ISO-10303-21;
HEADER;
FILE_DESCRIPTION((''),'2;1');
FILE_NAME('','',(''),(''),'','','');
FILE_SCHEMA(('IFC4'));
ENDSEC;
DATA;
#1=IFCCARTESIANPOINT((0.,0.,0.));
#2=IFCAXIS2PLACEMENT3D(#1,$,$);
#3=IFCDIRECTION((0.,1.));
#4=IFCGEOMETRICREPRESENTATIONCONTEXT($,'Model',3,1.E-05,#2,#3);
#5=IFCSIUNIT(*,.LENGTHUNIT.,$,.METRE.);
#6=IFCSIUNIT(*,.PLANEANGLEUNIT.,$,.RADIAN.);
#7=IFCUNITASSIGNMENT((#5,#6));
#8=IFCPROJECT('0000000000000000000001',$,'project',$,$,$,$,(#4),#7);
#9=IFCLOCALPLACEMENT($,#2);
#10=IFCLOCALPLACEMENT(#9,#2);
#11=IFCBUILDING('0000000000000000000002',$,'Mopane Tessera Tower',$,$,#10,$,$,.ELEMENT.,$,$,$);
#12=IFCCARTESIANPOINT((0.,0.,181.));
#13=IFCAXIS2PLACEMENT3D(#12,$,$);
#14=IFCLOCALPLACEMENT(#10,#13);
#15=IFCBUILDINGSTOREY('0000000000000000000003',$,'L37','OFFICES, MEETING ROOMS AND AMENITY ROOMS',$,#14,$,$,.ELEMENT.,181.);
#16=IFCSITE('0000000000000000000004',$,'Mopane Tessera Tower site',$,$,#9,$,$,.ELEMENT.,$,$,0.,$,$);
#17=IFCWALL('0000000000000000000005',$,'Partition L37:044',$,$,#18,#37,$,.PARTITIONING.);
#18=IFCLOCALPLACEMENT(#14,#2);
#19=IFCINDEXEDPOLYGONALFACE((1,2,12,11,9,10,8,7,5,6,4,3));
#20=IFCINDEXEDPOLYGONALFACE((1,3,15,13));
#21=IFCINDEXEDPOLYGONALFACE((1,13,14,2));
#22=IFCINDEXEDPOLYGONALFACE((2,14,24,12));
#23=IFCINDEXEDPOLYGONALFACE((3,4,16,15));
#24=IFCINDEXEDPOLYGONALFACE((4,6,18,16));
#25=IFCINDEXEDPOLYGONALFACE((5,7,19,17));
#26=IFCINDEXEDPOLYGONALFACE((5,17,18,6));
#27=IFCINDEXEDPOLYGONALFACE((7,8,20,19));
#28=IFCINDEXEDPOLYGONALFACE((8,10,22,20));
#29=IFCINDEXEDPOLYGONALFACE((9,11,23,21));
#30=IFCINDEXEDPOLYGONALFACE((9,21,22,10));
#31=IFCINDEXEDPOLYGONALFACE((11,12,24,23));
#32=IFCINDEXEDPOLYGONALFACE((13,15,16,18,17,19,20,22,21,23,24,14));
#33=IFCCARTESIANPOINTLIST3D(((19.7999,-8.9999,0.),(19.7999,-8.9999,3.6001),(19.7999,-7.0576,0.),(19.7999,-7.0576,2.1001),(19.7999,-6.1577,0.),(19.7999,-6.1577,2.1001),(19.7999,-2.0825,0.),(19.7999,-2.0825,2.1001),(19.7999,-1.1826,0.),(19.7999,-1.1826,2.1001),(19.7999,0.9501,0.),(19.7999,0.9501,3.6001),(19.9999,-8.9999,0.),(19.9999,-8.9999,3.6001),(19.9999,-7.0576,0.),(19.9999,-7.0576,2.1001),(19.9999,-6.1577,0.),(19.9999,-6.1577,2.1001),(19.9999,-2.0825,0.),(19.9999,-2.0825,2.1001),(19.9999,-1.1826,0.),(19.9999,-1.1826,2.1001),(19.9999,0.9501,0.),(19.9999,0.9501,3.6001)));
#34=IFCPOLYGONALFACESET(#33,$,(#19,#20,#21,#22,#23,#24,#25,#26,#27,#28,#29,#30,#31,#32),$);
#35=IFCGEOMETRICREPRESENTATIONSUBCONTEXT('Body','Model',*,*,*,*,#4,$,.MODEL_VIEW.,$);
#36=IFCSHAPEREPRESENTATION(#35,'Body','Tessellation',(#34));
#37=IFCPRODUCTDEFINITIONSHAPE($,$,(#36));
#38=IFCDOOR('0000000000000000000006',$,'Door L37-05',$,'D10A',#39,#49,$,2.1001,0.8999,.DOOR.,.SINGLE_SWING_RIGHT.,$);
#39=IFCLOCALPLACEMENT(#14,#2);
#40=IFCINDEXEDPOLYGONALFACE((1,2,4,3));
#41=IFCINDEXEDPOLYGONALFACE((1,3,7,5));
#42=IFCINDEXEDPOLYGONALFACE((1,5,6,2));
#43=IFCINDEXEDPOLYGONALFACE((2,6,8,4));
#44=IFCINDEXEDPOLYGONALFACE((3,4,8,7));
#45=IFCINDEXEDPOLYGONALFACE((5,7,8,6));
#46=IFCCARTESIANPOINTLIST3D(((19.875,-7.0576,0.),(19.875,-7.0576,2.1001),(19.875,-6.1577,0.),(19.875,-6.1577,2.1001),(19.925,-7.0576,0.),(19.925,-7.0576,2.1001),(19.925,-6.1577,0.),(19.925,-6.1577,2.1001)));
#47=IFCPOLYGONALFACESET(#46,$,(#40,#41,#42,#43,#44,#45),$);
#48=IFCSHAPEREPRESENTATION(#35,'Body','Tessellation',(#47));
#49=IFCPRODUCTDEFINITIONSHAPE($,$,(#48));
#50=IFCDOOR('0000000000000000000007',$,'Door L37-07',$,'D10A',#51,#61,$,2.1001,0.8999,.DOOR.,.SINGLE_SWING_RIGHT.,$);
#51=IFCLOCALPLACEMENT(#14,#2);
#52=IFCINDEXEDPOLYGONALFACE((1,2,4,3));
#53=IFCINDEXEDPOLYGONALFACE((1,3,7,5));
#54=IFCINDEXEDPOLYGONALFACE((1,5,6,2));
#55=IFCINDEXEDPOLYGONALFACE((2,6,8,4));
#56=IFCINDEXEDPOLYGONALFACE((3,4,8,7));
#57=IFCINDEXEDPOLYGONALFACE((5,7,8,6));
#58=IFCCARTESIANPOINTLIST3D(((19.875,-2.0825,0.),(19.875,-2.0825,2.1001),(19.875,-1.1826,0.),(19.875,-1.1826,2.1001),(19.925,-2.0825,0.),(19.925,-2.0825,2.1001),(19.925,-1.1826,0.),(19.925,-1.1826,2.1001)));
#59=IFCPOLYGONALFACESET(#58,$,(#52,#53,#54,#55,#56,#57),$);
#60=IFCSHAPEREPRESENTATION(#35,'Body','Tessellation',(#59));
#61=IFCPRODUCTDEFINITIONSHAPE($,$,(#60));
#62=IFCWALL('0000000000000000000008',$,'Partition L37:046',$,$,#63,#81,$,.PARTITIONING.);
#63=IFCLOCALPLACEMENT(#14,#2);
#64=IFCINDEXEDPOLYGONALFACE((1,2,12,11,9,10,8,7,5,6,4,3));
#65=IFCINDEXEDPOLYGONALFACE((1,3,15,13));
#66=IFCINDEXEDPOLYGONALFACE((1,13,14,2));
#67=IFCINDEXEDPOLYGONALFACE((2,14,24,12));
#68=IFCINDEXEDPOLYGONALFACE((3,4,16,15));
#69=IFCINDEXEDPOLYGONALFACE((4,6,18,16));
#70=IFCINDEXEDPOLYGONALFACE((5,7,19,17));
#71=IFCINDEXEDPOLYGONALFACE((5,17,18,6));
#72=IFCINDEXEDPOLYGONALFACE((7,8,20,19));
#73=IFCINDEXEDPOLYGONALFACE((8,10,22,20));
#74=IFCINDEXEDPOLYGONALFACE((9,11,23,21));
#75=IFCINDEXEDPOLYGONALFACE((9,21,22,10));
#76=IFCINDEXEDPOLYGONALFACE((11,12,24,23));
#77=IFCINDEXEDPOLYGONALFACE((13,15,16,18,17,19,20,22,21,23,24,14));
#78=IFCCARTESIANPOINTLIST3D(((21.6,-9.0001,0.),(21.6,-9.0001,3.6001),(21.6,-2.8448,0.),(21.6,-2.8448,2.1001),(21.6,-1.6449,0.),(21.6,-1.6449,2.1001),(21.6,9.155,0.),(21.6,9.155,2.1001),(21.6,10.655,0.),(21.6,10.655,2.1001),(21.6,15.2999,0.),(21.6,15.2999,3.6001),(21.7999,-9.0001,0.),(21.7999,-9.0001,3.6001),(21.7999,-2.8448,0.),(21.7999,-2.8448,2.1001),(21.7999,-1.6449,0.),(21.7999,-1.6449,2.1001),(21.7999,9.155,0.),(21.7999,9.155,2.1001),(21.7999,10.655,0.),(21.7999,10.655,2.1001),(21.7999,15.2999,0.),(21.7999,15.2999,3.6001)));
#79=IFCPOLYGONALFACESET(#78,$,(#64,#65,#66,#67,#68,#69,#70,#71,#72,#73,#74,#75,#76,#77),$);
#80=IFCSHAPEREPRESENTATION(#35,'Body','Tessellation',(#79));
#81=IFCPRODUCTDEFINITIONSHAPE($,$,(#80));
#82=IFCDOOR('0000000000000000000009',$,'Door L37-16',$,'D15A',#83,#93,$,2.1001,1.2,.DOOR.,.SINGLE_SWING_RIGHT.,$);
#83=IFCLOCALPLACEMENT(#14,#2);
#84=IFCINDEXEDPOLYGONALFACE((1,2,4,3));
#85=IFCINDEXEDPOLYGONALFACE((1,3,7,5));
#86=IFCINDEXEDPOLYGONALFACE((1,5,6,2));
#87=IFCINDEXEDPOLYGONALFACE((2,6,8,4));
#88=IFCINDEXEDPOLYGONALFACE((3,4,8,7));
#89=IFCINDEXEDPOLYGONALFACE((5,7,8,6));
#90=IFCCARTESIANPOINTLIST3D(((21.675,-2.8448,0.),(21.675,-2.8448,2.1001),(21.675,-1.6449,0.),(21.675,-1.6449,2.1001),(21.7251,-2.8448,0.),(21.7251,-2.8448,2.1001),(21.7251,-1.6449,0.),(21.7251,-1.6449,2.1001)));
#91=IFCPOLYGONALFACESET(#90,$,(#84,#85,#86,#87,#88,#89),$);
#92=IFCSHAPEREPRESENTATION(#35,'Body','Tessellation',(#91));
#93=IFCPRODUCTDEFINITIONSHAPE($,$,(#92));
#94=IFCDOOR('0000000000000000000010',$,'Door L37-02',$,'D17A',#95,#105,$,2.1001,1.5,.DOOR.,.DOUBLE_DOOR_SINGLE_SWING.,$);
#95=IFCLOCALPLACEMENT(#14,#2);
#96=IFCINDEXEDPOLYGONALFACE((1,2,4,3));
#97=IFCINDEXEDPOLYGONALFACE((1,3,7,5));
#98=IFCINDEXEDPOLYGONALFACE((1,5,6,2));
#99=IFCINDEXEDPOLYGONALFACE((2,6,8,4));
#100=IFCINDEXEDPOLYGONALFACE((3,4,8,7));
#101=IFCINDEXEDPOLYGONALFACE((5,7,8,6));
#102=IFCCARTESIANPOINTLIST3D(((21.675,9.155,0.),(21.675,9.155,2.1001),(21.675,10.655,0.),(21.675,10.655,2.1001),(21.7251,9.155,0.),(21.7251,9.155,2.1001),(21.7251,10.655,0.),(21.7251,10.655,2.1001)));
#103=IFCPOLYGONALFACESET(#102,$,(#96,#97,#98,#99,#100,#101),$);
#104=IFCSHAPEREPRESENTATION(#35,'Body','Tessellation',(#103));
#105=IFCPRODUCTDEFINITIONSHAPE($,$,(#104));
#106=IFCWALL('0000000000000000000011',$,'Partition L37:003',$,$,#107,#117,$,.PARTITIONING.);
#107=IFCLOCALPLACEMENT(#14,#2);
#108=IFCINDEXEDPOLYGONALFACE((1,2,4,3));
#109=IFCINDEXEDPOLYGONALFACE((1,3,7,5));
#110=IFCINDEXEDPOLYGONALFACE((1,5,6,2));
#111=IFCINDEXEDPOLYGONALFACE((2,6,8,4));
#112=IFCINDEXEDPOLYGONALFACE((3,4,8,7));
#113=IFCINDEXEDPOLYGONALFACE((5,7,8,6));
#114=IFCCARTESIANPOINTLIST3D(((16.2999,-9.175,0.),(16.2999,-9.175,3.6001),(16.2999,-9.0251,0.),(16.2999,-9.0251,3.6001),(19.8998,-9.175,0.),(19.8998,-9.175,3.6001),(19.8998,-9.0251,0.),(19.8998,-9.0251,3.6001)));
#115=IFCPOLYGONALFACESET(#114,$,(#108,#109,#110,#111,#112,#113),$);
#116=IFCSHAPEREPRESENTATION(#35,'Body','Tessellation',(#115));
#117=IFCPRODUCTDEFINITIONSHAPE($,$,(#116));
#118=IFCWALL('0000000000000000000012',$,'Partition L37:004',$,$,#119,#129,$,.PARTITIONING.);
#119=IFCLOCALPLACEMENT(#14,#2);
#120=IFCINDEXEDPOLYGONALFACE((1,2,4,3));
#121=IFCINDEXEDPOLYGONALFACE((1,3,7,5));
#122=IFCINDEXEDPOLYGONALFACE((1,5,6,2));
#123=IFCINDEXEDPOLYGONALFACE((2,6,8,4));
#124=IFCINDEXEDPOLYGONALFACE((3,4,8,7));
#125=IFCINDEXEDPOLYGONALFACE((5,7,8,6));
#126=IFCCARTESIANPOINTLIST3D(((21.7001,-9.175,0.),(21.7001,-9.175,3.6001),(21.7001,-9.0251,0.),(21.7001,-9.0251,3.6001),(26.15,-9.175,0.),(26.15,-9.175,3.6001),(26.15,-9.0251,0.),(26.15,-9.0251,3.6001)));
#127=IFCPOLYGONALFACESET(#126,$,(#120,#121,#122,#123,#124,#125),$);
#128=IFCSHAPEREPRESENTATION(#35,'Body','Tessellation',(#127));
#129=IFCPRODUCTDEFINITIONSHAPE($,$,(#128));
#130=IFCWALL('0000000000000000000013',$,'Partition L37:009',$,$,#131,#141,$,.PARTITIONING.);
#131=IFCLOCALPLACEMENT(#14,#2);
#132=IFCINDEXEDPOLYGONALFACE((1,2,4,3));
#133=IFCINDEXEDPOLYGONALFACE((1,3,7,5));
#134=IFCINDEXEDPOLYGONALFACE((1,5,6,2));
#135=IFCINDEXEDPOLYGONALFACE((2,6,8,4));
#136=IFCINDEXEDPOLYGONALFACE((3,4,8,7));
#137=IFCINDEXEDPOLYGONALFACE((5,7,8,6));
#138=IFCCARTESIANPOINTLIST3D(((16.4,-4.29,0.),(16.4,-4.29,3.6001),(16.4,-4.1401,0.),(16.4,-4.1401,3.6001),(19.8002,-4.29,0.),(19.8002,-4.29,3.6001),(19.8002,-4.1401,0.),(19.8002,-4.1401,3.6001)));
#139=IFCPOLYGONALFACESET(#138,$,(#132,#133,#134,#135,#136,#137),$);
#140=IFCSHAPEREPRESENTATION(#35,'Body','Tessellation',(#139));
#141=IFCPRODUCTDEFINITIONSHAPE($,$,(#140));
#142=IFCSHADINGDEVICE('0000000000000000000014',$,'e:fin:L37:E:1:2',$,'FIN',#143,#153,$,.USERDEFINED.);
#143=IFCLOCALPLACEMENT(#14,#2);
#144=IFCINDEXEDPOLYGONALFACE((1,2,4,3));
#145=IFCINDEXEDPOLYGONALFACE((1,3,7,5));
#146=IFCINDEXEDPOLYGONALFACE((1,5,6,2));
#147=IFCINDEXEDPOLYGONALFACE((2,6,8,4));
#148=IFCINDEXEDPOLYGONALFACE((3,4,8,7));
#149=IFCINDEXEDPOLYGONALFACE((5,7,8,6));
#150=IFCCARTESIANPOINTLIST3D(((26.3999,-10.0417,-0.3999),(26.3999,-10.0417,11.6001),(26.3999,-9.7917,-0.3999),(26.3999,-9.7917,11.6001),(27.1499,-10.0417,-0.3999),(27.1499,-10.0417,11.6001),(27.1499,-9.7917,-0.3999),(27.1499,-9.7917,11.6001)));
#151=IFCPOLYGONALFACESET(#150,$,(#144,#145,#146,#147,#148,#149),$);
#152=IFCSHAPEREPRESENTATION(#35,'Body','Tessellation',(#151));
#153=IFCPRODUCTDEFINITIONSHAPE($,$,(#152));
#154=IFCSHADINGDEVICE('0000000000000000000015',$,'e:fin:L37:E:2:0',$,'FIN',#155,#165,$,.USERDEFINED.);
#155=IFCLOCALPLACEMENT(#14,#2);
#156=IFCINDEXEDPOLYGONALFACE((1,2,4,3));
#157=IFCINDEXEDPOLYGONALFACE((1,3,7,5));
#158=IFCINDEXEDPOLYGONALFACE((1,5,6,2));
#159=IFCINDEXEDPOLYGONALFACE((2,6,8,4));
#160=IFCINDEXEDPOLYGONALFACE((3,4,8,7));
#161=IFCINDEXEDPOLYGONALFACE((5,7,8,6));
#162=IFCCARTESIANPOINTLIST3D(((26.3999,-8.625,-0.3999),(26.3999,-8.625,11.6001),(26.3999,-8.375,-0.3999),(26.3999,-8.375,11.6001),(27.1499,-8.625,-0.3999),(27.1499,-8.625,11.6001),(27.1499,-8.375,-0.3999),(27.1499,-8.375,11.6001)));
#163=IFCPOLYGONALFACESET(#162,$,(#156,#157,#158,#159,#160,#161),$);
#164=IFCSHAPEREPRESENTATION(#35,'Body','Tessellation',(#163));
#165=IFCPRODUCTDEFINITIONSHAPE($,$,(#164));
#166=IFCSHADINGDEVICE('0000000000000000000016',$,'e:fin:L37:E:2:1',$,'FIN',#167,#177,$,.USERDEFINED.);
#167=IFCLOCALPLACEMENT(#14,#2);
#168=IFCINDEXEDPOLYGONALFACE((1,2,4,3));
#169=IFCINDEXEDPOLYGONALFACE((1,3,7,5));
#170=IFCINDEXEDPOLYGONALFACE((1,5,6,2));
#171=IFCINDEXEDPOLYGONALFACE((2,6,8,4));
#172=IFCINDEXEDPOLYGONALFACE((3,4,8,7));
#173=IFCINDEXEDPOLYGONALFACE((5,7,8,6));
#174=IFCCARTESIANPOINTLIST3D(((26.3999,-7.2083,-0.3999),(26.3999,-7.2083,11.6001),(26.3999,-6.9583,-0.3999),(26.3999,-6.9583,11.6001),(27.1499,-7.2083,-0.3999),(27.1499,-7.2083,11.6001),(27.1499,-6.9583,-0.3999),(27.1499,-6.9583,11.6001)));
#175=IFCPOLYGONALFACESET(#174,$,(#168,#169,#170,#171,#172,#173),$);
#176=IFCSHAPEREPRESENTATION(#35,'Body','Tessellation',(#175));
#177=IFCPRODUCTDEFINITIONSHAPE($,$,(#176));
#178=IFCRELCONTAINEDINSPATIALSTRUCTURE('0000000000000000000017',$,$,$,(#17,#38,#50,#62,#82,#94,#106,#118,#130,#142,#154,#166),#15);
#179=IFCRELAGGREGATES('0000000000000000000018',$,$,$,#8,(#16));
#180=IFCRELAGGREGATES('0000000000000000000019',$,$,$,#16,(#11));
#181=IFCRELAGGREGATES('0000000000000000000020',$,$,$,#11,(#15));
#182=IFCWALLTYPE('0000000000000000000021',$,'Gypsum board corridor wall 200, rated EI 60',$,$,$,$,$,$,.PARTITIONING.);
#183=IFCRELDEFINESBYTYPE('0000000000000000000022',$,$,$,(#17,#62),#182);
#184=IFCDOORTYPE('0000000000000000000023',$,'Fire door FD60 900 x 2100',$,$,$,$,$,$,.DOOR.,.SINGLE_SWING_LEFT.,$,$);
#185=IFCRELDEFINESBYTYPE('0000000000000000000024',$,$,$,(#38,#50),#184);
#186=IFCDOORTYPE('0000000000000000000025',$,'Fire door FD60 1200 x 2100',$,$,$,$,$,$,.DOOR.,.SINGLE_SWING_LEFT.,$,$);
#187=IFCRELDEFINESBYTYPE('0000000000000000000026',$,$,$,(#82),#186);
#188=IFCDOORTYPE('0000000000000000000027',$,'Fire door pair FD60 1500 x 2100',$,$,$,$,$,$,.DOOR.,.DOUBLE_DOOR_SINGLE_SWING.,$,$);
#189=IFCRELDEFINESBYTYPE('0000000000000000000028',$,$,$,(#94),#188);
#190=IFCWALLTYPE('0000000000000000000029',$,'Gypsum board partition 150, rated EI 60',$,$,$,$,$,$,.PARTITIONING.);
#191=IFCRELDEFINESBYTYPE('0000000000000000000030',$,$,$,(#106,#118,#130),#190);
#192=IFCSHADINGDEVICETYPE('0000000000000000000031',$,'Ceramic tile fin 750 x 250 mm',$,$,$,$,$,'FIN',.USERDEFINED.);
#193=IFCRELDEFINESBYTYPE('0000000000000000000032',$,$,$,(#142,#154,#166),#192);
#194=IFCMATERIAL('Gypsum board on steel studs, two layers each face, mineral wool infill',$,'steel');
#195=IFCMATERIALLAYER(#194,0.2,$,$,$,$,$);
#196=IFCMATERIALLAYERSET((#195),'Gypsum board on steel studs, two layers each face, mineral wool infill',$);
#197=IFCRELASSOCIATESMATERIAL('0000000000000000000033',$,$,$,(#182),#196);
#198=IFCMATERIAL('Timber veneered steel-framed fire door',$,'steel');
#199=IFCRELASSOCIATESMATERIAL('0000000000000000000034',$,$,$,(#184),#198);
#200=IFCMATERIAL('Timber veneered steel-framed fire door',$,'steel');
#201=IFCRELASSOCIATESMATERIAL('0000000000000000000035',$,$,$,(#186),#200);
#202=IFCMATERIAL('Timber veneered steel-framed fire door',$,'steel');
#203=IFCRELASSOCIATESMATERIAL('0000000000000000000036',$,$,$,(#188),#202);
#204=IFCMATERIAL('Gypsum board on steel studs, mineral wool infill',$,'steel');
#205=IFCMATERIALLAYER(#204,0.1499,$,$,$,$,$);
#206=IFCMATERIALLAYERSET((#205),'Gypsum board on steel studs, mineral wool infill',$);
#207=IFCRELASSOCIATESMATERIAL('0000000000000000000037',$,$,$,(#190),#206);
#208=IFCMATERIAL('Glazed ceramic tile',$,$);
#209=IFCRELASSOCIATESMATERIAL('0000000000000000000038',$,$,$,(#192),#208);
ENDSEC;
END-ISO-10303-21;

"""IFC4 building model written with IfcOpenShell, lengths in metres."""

from ifc_helpers import new_model, si_unit, direction, frame, frame_2d, origin, origin_2d, place, context, subcontext, project, spatial, rectangle, extrude, material, layer, layer_set, type_object, element, fill, save


model = new_model("IFC4")

# Units and contexts
model_context = context("Model", 3, precision=1e-05, world=origin(), true_north=direction((0.0, 1.0)))
body_context = subcontext(model_context, "Body", "Model", "MODEL_VIEW")
ifc_project = project(units=[si_unit("LENGTHUNIT", "METRE"), si_unit("PLANEANGLEUNIT", "RADIAN")], contexts=[model_context])

# Site, building, storey
site_placement = place(None, origin())
site = spatial("IfcSite", under=ifc_project, at=site_placement, Name="Mopane Tessera Tower site", CompositionType="ELEMENT", RefElevation=0.0)
building_placement = place(site_placement, origin())
building = spatial("IfcBuilding", under=site, at=building_placement, Name="Mopane Tessera Tower", CompositionType="ELEMENT")
storey_placement = place(building_placement, frame((0.0, 0.0, 181.0)))
storey = spatial("IfcBuildingStorey", under=building, at=storey_placement, Name="L37", Description="OFFICES, MEETING ROOMS AND AMENITY ROOMS", CompositionType="ELEMENT", Elevation=181.0)

# Shared definitions
ifc_material_1 = material(Name="Gypsum board on steel studs, two layers each face, mineral wool infill", Category="steel")
ifc_layer_1 = layer(ifc_material_1, 0.2)
ifc_layer_set_1 = layer_set([ifc_layer_1], Name="Gypsum board on steel studs, two layers each face, mineral wool infill")
wall_type_1 = type_object("IfcWallType", Name="Gypsum board corridor wall 200, rated EI 60", PredefinedType="PARTITIONING", material=ifc_layer_set_1)

# Walls, openings, doors
wall_1_placement = place(storey_placement, frame((19.8999, -9.0, 0.0), z_axis=(0.0, 0.0, 1.0), x_axis=(0.0, 1.0, 0.0)))
wall_1 = element("IfcWall", 1, at=wall_1_placement, inside=storey, type_object=wall_type_1, Name="Partition L37:044", PredefinedType="PARTITIONING", context=body_context, shape_type="SweptSolid", body=[
    extrude(rectangle(XDim=9.95, YDim=0.2, at=frame_2d((4.9751, 0.0))), origin(), (0.0, 0.0, 1.0), 3.6001),
])
opening_1_placement = place(wall_1_placement, frame((1.9424, 0.0, 0.0)))
opening_1 = element("IfcOpeningElement", 2, at=opening_1_placement, cuts=wall_1, PredefinedType="OPENING", context=body_context, shape_type="SweptSolid", body=[
    extrude(rectangle(XDim=0.8999, YDim=2.1001, at=frame_2d((0.45, 1.05))), frame((0.0, 0.1121, 0.0), z_axis=(0.0, -1.0, 0.0), x_axis=(1.0, 0.0, 0.0)), (0.0, 0.0, 1.0), 0.2239),
])
opening_2_placement = place(wall_1_placement, frame((6.9175, 0.0, 0.0)))
opening_2 = element("IfcOpeningElement", 3, at=opening_2_placement, cuts=wall_1, PredefinedType="OPENING", context=body_context, shape_type="SweptSolid", body=[
    extrude(rectangle(XDim=0.8999, YDim=2.1001, at=frame_2d((0.45, 1.05))), frame((0.0, 0.1121, 0.0), z_axis=(0.0, -1.0, 0.0), x_axis=(1.0, 0.0, 0.0)), (0.0, 0.0, 1.0), 0.2239),
])
ifc_material_2 = material(Name="Timber veneered steel-framed fire door", Category="steel")
door_type_1 = type_object("IfcDoorType", Name="Fire door FD60 900 x 2100", OperationType="SINGLE_SWING_LEFT", PredefinedType="DOOR", material=ifc_material_2)
door_1_placement = place(opening_1_placement, origin())
door_1 = element("IfcDoor", 4, at=door_1_placement, inside=storey, type_object=door_type_1, Name="Door L37-05", ObjectType="D10A", OperationType="SINGLE_SWING_RIGHT", OverallHeight=2.1001, OverallWidth=0.8999, PredefinedType="DOOR", context=body_context, shape_type="SweptSolid", body=[
    extrude(rectangle(XDim=0.8999, YDim=2.1001, at=frame_2d((0.45, 1.05))), frame((0.0, 0.0249, 0.0), z_axis=(0.0, -1.0, 0.0), x_axis=(1.0, 0.0, 0.0)), (0.0, 0.0, 1.0), 0.05),
])
fill(opening_1, door_1)
door_2_placement = place(opening_2_placement, origin())
door_2 = element("IfcDoor", 5, at=door_2_placement, inside=storey, type_object=door_type_1, Name="Door L37-07", ObjectType="D10A", OperationType="SINGLE_SWING_RIGHT", OverallHeight=2.1001, OverallWidth=0.8999, PredefinedType="DOOR", context=body_context, shape_type="SweptSolid", body=[
    extrude(rectangle(XDim=0.8999, YDim=2.1001, at=frame_2d((0.45, 1.05))), frame((0.0, 0.0249, 0.0), z_axis=(0.0, -1.0, 0.0), x_axis=(1.0, 0.0, 0.0)), (0.0, 0.0, 1.0), 0.05),
])
fill(opening_2, door_2)
wall_2_placement = place(storey_placement, frame((21.7, -9.0, 0.0), z_axis=(0.0, 0.0, 1.0), x_axis=(0.0, 1.0, 0.0)))
wall_2 = element("IfcWall", 6, at=wall_2_placement, inside=storey, type_object=wall_type_1, Name="Partition L37:046", PredefinedType="PARTITIONING", context=body_context, shape_type="SweptSolid", body=[
    extrude(rectangle(XDim=24.3, YDim=0.2, at=frame_2d((12.1499, 0.0))), origin(), (0.0, 0.0, 1.0), 3.6001),
])
opening_3_placement = place(wall_2_placement, frame((18.155, 0.0, 0.0)))
opening_3 = element("IfcOpeningElement", 7, at=opening_3_placement, cuts=wall_2, PredefinedType="OPENING", context=body_context, shape_type="SweptSolid", body=[
    extrude(rectangle(XDim=1.5, YDim=2.1001, at=frame_2d((0.75, 1.05))), frame((0.0, 0.1121, 0.0), z_axis=(0.0, -1.0, 0.0), x_axis=(1.0, 0.0, 0.0)), (0.0, 0.0, 1.0), 0.2239),
])
opening_4_placement = place(wall_2_placement, frame((6.155, 0.0, 0.0)))
opening_4 = element("IfcOpeningElement", 8, at=opening_4_placement, cuts=wall_2, PredefinedType="OPENING", context=body_context, shape_type="SweptSolid", body=[
    extrude(rectangle(XDim=1.2, YDim=2.1001, at=frame_2d((0.6001, 1.05))), frame((0.0, 0.1121, 0.0), z_axis=(0.0, -1.0, 0.0), x_axis=(1.0, 0.0, 0.0)), (0.0, 0.0, 1.0), 0.2239),
])
ifc_material_3 = material(Name="Timber veneered steel-framed fire door", Category="steel")
door_type_2 = type_object("IfcDoorType", Name="Fire door FD60 1200 x 2100", OperationType="SINGLE_SWING_LEFT", PredefinedType="DOOR", material=ifc_material_3)
door_3_placement = place(opening_4_placement, origin())
door_3 = element("IfcDoor", 9, at=door_3_placement, inside=storey, type_object=door_type_2, Name="Door L37-16", ObjectType="D15A", OperationType="SINGLE_SWING_RIGHT", OverallHeight=2.1001, OverallWidth=1.2, PredefinedType="DOOR", context=body_context, shape_type="SweptSolid", body=[
    extrude(rectangle(XDim=1.2, YDim=2.1001, at=frame_2d((0.6001, 1.05))), frame((0.0, 0.0249, 0.0), z_axis=(0.0, -1.0, 0.0), x_axis=(1.0, 0.0, 0.0)), (0.0, 0.0, 1.0), 0.05),
])
fill(opening_4, door_3)
ifc_material_4 = material(Name="Timber veneered steel-framed fire door", Category="steel")
door_type_3 = type_object("IfcDoorType", Name="Fire door pair FD60 1500 x 2100", OperationType="DOUBLE_DOOR_SINGLE_SWING", PredefinedType="DOOR", material=ifc_material_4)
door_4_placement = place(opening_3_placement, origin())
door_4 = element("IfcDoor", 10, at=door_4_placement, inside=storey, type_object=door_type_3, Name="Door L37-02", ObjectType="D17A", OperationType="DOUBLE_DOOR_SINGLE_SWING", OverallHeight=2.1001, OverallWidth=1.5, PredefinedType="DOOR", context=body_context, shape_type="SweptSolid", body=[
    extrude(rectangle(XDim=1.5, YDim=2.1001, at=frame_2d((0.75, 1.05))), frame((0.0, 0.0249, 0.0), z_axis=(0.0, -1.0, 0.0), x_axis=(1.0, 0.0, 0.0)), (0.0, 0.0, 1.0), 0.05),
])
fill(opening_3, door_4)

# Walls
ifc_material_5 = material(Name="Gypsum board on steel studs, mineral wool infill", Category="steel")
ifc_layer_2 = layer(ifc_material_5, 0.1499)
ifc_layer_set_2 = layer_set([ifc_layer_2], Name="Gypsum board on steel studs, mineral wool infill")
wall_type_2 = type_object("IfcWallType", Name="Gypsum board partition 150, rated EI 60", PredefinedType="PARTITIONING", material=ifc_layer_set_2)
wall_3_placement = place(storey_placement, frame((16.3, -9.1001, 0.0), z_axis=(0.0, 0.0, 1.0), x_axis=(1.0, 0.0, 0.0)))
element("IfcWall", 11, at=wall_3_placement, inside=storey, type_object=wall_type_2, Name="Partition L37:003", PredefinedType="PARTITIONING", context=body_context, shape_type="SweptSolid", body=[
    extrude(rectangle(XDim=3.5999, YDim=0.1499, at=frame_2d((1.7998, 0.0))), origin(), (0.0, 0.0, 1.0), 3.6001),
])
wall_4_placement = place(storey_placement, frame((21.7, -9.1001, 0.0), z_axis=(0.0, 0.0, 1.0), x_axis=(1.0, 0.0, 0.0)))
element("IfcWall", 12, at=wall_4_placement, inside=storey, type_object=wall_type_2, Name="Partition L37:004", PredefinedType="PARTITIONING", context=body_context, shape_type="SweptSolid", body=[
    extrude(rectangle(XDim=4.45, YDim=0.1499, at=frame_2d((2.2251, 0.0))), origin(), (0.0, 0.0, 1.0), 3.6001),
])
wall_5_placement = place(storey_placement, frame((16.3999, -4.2151, 0.0), z_axis=(0.0, 0.0, 1.0), x_axis=(1.0, 0.0, 0.0)))
element("IfcWall", 13, at=wall_5_placement, inside=storey, type_object=wall_type_2, Name="Partition L37:009", PredefinedType="PARTITIONING", context=body_context, shape_type="SweptSolid", body=[
    extrude(rectangle(XDim=3.4001, YDim=0.1499, at=frame_2d((1.7002, 0.0))), origin(), (0.0, 0.0, 1.0), 3.6001),
])

# Shading devices
ifc_material_6 = material(Name="Glazed ceramic tile")
shading_device_type = type_object("IfcShadingDeviceType", Name="Ceramic tile fin 750 x 250 mm", ElementType="FIN", PredefinedType="USERDEFINED", material=ifc_material_6)
for number, where, z_axis, x_axis, name in (
    (14, (26.7749, -9.9167, -0.3999), (0.0, 0.0, 1.0), (0.0, 1.0, 0.0), "e:fin:L37:E:1:2"),
    (15, (26.7749, -8.5, -0.3999), (0.0, 0.0, 1.0), (0.0, 1.0, 0.0), "e:fin:L37:E:2:0"),
    (16, (26.7749, -7.0833, -0.3999), (0.0, 0.0, 1.0), (0.0, 1.0, 0.0), "e:fin:L37:E:2:1"),
):
    element("IfcShadingDevice", number, at=place(storey_placement, frame(where, z_axis=z_axis, x_axis=x_axis)), inside=storey, type_object=shading_device_type, Name=name, ObjectType="FIN", PredefinedType="USERDEFINED", context=body_context, shape_type="SweptSolid", body=[
        extrude(rectangle(XDim=0.25, YDim=0.75, at=origin_2d()), origin(), (0.0, 0.0, 1.0), 12.0),
    ])

save(model, "model.ifc")
